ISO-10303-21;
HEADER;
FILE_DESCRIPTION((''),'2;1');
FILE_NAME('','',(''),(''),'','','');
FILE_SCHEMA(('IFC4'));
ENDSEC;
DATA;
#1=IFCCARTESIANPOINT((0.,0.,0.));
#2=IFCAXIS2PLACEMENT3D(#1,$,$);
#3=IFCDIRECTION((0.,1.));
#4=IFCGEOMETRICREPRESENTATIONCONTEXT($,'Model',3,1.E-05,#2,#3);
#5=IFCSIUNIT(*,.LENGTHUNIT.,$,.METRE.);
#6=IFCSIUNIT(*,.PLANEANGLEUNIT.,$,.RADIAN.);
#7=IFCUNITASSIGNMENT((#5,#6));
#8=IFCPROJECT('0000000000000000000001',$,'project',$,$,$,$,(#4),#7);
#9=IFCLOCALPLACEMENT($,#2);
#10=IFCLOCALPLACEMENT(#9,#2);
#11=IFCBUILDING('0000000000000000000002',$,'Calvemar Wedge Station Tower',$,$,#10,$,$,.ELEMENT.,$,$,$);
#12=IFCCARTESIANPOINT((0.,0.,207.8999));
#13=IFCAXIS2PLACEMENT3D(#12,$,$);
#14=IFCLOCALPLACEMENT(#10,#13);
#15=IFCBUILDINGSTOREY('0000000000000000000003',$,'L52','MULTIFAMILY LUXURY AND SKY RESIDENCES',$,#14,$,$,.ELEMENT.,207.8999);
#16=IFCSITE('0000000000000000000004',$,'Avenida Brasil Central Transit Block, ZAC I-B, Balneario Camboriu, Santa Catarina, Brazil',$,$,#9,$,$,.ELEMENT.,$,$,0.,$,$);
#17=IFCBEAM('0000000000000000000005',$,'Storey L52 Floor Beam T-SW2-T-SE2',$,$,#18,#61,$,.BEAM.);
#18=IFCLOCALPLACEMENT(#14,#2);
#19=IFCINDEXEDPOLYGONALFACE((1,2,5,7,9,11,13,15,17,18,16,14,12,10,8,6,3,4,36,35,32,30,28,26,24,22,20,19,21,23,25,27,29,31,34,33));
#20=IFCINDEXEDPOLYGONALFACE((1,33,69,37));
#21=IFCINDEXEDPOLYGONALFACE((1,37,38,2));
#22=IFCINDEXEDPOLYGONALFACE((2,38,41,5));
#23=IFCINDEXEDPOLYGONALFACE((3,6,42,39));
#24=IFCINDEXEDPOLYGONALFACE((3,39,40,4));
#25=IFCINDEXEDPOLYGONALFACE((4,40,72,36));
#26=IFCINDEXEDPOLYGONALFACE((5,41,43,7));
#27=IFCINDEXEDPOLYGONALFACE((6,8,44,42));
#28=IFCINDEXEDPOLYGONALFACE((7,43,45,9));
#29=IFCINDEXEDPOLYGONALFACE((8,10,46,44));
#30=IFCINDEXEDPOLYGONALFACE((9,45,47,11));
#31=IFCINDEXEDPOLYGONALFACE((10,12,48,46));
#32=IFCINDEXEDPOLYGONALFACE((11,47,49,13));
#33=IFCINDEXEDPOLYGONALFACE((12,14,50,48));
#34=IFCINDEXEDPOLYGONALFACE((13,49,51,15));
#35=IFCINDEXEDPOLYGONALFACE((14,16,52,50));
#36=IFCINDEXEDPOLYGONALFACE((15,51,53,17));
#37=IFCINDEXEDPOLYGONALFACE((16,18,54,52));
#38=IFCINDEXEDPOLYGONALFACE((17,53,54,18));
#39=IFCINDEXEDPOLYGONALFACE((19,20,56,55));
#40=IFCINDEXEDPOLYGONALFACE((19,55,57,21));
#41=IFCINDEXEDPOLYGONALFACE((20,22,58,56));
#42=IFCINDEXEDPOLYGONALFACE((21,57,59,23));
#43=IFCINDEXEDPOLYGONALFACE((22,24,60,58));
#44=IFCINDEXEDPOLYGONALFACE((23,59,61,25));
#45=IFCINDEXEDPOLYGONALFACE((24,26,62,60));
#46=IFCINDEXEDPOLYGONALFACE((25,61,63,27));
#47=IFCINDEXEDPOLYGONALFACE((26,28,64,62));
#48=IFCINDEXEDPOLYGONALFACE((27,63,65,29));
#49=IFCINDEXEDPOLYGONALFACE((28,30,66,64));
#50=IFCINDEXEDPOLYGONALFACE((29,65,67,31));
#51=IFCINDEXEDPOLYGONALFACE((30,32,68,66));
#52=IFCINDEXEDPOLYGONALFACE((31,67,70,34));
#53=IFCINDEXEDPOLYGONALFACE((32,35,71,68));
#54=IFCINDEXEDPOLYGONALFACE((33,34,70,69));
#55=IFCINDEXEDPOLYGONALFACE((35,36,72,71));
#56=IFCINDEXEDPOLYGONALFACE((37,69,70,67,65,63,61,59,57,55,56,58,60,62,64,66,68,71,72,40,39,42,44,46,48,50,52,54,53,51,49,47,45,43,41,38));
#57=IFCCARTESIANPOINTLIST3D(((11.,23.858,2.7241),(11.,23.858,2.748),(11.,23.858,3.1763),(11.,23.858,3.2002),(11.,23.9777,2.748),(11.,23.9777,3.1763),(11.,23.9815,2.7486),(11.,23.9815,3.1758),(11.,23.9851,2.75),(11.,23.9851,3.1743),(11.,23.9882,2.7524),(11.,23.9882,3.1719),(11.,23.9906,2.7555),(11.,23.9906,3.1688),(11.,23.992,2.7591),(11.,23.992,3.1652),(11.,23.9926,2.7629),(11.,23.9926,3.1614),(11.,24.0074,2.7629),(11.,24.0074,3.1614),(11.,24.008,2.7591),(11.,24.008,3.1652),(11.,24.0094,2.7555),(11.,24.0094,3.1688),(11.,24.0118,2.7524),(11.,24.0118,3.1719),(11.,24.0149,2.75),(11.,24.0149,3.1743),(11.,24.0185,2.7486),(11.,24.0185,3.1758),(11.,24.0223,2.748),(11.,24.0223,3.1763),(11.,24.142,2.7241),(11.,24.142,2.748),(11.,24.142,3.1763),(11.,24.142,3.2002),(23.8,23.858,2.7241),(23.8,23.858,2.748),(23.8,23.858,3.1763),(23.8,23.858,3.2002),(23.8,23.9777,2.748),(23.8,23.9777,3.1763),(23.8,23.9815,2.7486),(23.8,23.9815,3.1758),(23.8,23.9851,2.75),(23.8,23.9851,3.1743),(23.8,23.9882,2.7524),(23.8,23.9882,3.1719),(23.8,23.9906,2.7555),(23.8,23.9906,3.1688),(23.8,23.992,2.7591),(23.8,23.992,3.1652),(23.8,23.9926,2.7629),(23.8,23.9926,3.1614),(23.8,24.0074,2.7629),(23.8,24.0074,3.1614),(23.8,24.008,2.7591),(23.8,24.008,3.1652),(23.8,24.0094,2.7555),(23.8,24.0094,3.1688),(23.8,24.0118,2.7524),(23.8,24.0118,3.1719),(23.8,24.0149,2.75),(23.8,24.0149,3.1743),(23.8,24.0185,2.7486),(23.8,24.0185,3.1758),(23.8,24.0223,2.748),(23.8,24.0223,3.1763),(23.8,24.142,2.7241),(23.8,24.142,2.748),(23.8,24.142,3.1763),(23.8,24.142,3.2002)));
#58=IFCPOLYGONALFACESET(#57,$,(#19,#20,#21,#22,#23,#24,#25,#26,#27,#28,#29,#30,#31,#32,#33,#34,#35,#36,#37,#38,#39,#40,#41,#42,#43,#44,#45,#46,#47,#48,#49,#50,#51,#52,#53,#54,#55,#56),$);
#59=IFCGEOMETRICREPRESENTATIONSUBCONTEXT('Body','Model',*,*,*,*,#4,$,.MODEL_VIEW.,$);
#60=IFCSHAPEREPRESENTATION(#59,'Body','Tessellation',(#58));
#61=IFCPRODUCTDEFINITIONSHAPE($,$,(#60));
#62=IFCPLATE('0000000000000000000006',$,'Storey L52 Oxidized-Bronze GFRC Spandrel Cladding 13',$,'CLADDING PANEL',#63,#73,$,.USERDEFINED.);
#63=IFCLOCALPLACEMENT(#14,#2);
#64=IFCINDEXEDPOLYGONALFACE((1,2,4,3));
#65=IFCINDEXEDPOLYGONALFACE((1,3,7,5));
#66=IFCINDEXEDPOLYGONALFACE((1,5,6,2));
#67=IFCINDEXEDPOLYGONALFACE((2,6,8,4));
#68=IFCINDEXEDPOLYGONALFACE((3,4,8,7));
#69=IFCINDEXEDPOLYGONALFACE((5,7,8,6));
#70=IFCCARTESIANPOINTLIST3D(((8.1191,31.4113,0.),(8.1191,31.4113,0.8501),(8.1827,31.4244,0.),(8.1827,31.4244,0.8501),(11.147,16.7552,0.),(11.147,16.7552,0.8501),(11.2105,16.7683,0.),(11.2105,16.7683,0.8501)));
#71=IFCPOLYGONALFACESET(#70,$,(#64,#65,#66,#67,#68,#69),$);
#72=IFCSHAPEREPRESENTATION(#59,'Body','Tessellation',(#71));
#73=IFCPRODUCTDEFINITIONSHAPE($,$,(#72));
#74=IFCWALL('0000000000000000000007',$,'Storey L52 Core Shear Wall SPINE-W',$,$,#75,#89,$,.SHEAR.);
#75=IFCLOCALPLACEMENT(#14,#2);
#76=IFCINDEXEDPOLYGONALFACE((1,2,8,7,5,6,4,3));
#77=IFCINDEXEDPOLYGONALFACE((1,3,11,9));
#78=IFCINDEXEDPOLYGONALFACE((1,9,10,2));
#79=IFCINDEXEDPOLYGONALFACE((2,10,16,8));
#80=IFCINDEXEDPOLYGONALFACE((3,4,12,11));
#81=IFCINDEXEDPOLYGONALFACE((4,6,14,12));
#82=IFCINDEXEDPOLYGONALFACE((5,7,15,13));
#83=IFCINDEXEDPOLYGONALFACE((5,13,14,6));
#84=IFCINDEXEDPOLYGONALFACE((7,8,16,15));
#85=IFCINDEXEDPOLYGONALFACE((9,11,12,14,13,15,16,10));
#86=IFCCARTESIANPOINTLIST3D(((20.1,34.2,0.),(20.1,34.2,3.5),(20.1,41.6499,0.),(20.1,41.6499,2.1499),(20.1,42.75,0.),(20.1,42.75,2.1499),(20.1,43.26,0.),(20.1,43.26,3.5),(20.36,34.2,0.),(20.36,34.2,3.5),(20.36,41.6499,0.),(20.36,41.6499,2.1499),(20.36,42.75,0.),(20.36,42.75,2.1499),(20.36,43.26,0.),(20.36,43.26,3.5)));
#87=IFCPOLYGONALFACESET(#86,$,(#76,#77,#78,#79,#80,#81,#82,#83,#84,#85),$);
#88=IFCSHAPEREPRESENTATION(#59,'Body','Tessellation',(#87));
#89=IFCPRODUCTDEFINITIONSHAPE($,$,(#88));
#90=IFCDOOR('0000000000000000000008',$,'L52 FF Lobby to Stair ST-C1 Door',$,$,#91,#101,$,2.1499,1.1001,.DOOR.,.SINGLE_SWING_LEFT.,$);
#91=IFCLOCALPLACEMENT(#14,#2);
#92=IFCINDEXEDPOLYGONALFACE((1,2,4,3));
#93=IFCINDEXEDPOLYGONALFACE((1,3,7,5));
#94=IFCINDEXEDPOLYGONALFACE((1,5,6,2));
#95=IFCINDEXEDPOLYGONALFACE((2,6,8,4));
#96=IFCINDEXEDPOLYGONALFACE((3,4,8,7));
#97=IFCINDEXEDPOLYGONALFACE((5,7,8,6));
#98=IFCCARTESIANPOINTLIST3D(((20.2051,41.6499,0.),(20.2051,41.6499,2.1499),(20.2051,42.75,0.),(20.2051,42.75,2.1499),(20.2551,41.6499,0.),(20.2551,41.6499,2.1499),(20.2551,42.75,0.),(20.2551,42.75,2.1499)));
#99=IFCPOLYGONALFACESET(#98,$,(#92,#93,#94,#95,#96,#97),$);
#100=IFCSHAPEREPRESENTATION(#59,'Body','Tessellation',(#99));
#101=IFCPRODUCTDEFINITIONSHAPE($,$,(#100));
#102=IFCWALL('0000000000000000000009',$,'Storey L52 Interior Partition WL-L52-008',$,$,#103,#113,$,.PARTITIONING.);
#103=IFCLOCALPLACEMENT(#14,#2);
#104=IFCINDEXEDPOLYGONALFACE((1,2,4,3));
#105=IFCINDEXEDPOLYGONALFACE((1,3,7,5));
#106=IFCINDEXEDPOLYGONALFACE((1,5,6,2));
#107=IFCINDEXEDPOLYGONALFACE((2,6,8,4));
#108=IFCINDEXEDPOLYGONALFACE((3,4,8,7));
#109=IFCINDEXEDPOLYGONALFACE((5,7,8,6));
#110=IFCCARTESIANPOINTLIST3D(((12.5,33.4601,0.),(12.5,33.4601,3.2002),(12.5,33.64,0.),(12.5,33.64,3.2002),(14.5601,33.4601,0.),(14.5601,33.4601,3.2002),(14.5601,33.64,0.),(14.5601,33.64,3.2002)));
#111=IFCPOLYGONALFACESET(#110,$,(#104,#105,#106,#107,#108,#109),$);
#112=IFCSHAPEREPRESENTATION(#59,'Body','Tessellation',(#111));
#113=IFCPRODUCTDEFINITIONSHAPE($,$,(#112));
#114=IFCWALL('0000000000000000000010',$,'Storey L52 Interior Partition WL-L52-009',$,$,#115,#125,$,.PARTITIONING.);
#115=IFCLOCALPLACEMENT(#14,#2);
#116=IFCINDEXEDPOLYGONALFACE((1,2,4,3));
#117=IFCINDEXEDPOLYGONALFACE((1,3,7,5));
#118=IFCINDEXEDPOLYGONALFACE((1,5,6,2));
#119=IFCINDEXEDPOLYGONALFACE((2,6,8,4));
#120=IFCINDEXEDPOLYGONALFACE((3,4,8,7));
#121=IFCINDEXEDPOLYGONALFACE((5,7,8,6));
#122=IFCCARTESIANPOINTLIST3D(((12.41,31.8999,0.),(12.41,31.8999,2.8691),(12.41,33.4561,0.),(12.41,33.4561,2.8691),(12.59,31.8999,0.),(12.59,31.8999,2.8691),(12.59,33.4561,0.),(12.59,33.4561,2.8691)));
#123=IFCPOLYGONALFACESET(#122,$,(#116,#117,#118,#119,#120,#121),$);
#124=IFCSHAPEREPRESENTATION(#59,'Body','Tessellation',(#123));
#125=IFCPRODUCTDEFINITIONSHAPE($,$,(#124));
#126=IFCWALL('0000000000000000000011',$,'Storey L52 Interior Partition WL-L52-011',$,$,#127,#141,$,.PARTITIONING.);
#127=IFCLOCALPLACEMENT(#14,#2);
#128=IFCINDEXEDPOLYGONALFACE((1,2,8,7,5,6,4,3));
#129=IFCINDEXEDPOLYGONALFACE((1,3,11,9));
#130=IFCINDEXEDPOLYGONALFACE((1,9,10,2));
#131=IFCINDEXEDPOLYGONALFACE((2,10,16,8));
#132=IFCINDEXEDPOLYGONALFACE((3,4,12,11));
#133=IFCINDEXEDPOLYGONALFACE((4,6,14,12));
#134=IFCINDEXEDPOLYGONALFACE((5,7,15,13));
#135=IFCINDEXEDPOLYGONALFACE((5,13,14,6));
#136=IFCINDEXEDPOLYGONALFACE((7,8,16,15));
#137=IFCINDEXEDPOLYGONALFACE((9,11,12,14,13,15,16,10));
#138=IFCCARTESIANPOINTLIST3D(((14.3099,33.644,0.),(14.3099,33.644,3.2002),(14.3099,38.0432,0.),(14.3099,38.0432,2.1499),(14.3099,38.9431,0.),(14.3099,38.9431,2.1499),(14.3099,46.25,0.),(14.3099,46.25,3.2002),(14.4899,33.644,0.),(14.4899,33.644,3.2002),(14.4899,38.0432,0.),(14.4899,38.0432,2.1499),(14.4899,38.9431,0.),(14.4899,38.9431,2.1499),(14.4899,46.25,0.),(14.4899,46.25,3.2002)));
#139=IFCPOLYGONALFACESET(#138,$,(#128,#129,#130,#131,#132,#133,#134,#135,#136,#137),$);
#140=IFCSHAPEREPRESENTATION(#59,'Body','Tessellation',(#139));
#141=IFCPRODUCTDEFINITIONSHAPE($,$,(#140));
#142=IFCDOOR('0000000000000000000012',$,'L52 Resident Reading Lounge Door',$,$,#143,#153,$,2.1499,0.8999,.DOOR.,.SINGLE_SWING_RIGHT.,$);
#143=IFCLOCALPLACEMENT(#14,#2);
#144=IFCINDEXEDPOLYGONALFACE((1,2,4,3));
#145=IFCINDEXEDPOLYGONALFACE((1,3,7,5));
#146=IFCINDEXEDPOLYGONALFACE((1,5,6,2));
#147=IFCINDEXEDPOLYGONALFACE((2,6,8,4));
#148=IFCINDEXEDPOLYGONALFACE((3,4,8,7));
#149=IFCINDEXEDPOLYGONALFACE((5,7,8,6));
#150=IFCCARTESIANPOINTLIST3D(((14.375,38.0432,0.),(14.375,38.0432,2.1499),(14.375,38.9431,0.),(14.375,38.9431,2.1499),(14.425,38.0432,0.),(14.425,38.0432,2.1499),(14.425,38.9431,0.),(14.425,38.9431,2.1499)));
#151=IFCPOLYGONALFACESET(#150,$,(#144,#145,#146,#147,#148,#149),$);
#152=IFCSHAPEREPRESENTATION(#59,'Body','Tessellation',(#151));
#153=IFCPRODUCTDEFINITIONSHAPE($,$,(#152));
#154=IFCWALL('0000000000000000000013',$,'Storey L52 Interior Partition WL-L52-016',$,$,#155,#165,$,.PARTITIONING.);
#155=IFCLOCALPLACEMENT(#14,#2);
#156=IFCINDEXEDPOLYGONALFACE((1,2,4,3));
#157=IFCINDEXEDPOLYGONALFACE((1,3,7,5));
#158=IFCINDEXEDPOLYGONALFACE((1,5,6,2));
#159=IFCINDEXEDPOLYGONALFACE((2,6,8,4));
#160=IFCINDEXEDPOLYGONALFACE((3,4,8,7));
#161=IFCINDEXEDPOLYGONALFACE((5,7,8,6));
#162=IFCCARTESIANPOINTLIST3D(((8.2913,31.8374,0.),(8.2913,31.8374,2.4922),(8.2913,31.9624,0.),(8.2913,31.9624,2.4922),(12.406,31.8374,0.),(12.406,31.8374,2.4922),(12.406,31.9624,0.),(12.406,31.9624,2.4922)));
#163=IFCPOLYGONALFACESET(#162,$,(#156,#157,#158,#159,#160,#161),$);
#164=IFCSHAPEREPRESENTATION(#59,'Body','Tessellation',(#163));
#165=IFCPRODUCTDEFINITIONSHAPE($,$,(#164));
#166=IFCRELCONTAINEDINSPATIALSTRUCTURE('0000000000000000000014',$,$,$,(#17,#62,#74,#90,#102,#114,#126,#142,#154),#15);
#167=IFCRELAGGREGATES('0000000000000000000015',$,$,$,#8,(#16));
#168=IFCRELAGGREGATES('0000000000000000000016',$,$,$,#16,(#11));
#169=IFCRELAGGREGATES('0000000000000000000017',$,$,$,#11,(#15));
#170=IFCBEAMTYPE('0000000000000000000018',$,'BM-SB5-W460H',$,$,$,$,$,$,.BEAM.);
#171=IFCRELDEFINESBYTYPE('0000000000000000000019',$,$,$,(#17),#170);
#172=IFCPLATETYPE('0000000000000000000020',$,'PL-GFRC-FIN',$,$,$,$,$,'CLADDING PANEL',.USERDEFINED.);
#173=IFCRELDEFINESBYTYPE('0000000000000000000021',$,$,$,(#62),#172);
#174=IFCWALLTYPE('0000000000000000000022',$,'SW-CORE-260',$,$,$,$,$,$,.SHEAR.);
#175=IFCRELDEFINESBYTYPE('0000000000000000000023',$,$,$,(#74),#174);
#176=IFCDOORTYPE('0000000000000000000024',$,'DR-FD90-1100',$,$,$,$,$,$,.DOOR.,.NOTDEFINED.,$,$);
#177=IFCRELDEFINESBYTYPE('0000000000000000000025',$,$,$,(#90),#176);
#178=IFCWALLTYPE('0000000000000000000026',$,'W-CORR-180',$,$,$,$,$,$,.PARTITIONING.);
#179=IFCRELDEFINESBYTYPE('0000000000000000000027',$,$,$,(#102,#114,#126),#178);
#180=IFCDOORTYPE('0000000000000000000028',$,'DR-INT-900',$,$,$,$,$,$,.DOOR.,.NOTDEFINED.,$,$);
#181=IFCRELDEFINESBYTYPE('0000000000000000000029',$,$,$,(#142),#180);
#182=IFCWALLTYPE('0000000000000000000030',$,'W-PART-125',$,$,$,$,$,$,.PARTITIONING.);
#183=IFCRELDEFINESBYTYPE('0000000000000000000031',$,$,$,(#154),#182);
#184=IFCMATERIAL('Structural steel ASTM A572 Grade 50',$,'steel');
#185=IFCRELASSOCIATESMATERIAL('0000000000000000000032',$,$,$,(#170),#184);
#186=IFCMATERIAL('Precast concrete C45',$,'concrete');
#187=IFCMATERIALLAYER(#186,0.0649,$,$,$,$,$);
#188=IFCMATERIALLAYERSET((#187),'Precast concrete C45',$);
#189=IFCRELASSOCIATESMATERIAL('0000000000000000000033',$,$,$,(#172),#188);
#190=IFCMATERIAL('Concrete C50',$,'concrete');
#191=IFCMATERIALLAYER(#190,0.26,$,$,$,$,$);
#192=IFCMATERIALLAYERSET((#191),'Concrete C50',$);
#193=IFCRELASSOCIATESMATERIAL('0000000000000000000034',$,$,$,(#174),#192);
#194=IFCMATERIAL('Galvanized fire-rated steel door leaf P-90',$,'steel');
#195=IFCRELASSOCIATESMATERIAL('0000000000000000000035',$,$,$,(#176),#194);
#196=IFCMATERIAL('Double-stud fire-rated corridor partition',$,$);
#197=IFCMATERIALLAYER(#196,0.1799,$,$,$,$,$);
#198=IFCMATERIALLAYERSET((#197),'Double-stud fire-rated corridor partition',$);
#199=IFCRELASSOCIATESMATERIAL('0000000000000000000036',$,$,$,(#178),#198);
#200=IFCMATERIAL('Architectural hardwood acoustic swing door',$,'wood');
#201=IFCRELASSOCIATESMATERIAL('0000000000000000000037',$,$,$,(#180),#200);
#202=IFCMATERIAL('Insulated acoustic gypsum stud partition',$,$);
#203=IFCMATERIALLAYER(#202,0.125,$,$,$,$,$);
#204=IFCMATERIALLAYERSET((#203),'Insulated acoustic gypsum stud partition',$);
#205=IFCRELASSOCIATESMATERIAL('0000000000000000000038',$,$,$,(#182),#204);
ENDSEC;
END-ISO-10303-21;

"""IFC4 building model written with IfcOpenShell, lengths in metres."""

from ifc_helpers import new_model, si_unit, direction, frame, frame_2d, origin, origin_2d, place, context, subcontext, project, spatial, rectangle, i_section, extrude, source, transform, mapped, material, layer, layer_set, material_profile, profile_set, type_object, element, fill, save


model = new_model("IFC4")

# Units and contexts
model_context = context("Model", 3, precision=1e-05, world=origin(), true_north=direction((0.0, 1.0)))
body_context = subcontext(model_context, "Body", "Model", "MODEL_VIEW")
ifc_project = project(units=[si_unit("LENGTHUNIT", "METRE"), si_unit("PLANEANGLEUNIT", "RADIAN")], contexts=[model_context])

# Site, building, storey
site_placement = place(None, origin())
site = spatial("IfcSite", under=ifc_project, at=site_placement, Name="Avenida Brasil Central Transit Block, ZAC I-B, Balneario Camboriu, Santa Catarina, Brazil", CompositionType="ELEMENT", RefElevation=0.0)
building_placement = place(site_placement, origin())
building = spatial("IfcBuilding", under=site, at=building_placement, Name="Calvemar Wedge Station Tower", CompositionType="ELEMENT")
storey_placement = place(building_placement, frame((0.0, 0.0, 207.8999)))
storey = spatial("IfcBuildingStorey", under=building, at=storey_placement, Name="L52", Description="MULTIFAMILY LUXURY AND SKY RESIDENCES", CompositionType="ELEMENT", Elevation=207.8999)

# Shared definitions
ifc_material_1 = material(Name="Concrete C50", Category="concrete")

# Beam
ifc_material_2 = material(Name="Structural steel ASTM A572 Grade 50", Category="steel")
ifc_material_profile_1 = material_profile(ifc_material_2, i_section(OverallWidth=0.2839, OverallDepth=0.4761, WebThickness=0.0149, FlangeThickness=0.0239, FilletRadius=0.0149, at=origin_2d()), Name="W460x158")
ifc_profile_set_1 = profile_set([ifc_material_profile_1], Name="Structural steel ASTM A572 Grade 50")
beam_type_1 = type_object("IfcBeamType", Name="BM-SB5-W460H", PredefinedType="BEAM", material=ifc_profile_set_1)
shared_shape_1 = source(origin(), body_context, "Body", "SweptSolid", [
    extrude(i_section(OverallWidth=0.2839, OverallDepth=0.4761, WebThickness=0.0149, FlangeThickness=0.0239, FilletRadius=0.0149, at=origin_2d()), origin(), (0.0, 0.0, 1.0), 12.8),
])
for number, where, z_axis, x_axis, name in (
    (1, (11.0, 24.0, 2.9622), (1.0, 0.0, 0.0), (0.0, 1.0, 0.0), "Storey L52 Floor Beam T-SW2-T-SE2"),
):
    element("IfcBeam", number, at=place(storey_placement, frame(where, z_axis=z_axis, x_axis=x_axis)), inside=storey, type_object=beam_type_1, Name=name, PredefinedType="BEAM", context=body_context, shape_type="MappedRepresentation", body=[
        mapped(shared_shape_1, transform((0.0, 0.0, 0.0), scale=1.0)),
    ])

# Plate
ifc_material_3 = material(Name="Precast concrete C45", Category="concrete")
ifc_layer_1 = layer(ifc_material_3, 0.0649)
ifc_layer_set_1 = layer_set([ifc_layer_1], Name="Precast concrete C45")
plate_type = type_object("IfcPlateType", Name="PL-GFRC-FIN", ElementType="CLADDING PANEL", PredefinedType="USERDEFINED", material=ifc_layer_set_1)
plate_placement = place(storey_placement, frame((8.1509, 31.418, 0.0), z_axis=(0.0, 0.0, 1.0), x_axis=(0.202321, -0.979319, 0.0)))
element("IfcPlate", 2, at=plate_placement, inside=storey, type_object=plate_type, Name="Storey L52 Oxidized-Bronze GFRC Spandrel Cladding 13", ObjectType="CLADDING PANEL", PredefinedType="USERDEFINED", context=body_context, shape_type="SweptSolid", body=[
    extrude(rectangle(XDim=14.9656, YDim=0.0649, at=frame_2d((7.4829, 0.0))), origin(), (0.0, 0.0, 1.0), 0.8501),
])

# Wall, opening, door
ifc_layer_2 = layer(ifc_material_1, 0.26)
ifc_layer_set_2 = layer_set([ifc_layer_2], Name="Concrete C50")
wall_type_1 = type_object("IfcWallType", Name="SW-CORE-260", PredefinedType="SHEAR", material=ifc_layer_set_2)
wall_1_placement = place(storey_placement, frame((20.23, 34.2, 0.0), z_axis=(0.0, 0.0, 1.0), x_axis=(0.0, 1.0, 0.0)))
wall_1 = element("IfcWall", 3, at=wall_1_placement, inside=storey, type_object=wall_type_1, Name="Storey L52 Core Shear Wall SPINE-W", PredefinedType="SHEAR", context=body_context, shape_type="SweptSolid", body=[
    extrude(rectangle(XDim=9.0601, YDim=0.26, at=frame_2d((4.53, 0.0))), origin(), (0.0, 0.0, 1.0), 3.5),
])
shared_shape_2 = source(origin(), body_context, "Body", "SweptSolid", [
    extrude(rectangle(XDim=1.1001, YDim=2.1499, at=frame_2d((0.55, 1.075))), frame((0.0, 0.1401, 0.0), z_axis=(0.0, -1.0, 0.0), x_axis=(1.0, 0.0, 0.0)), (0.0, 0.0, 1.0), 0.28),
])
opening_1_placement = place(wall_1_placement, frame((7.45, 0.0, 0.0)))
opening_1 = element("IfcOpeningElement", 4, at=opening_1_placement, cuts=wall_1, PredefinedType="OPENING", context=body_context, shape_type="MappedRepresentation", body=[
    mapped(shared_shape_2, transform((0.0, 0.0, 0.0), scale=1.0)),
])
ifc_material_4 = material(Name="Galvanized fire-rated steel door leaf P-90", Category="steel")
door_type_1 = type_object("IfcDoorType", Name="DR-FD90-1100", OperationType="NOTDEFINED", PredefinedType="DOOR", material=ifc_material_4)
shared_shape_3 = source(origin(), body_context, "Body", "SweptSolid", [
    extrude(rectangle(XDim=1.1001, YDim=2.1499, at=frame_2d((0.55, 1.075))), frame((0.0, 0.0249, 0.0), z_axis=(0.0, -1.0, 0.0), x_axis=(1.0, 0.0, 0.0)), (0.0, 0.0, 1.0), 0.05),
])
door_1_placement = place(opening_1_placement, origin())
door_1 = element("IfcDoor", 5, at=door_1_placement, inside=storey, type_object=door_type_1, Name="L52 FF Lobby to Stair ST-C1 Door", OperationType="SINGLE_SWING_LEFT", OverallHeight=2.1499, OverallWidth=1.1001, PredefinedType="DOOR", context=body_context, shape_type="MappedRepresentation", body=[
    mapped(shared_shape_3, transform((0.0, 0.0, 0.0), scale=1.0)),
])
fill(opening_1, door_1)

# Walls
ifc_material_5 = material(Name="Double-stud fire-rated corridor partition")
ifc_layer_3 = layer(ifc_material_5, 0.1799)
ifc_layer_set_3 = layer_set([ifc_layer_3], Name="Double-stud fire-rated corridor partition")
wall_type_2 = type_object("IfcWallType", Name="W-CORR-180", PredefinedType="PARTITIONING", material=ifc_layer_set_3)
wall_2_placement = place(storey_placement, frame((12.5, 33.55, 0.0), z_axis=(0.0, 0.0, 1.0), x_axis=(1.0, 0.0, 0.0)))
element("IfcWall", 6, at=wall_2_placement, inside=storey, type_object=wall_type_2, Name="Storey L52 Interior Partition WL-L52-008", PredefinedType="PARTITIONING", context=body_context, shape_type="SweptSolid", body=[
    extrude(rectangle(XDim=2.0601, YDim=0.1799, at=frame_2d((1.03, 0.0))), origin(), (0.0, 0.0, 1.0), 3.2002),
])
wall_3_placement = place(storey_placement, frame((12.5, 31.8999, 0.0), z_axis=(0.0, 0.0, 1.0), x_axis=(0.0, 1.0, 0.0)))
element("IfcWall", 7, at=wall_3_placement, inside=storey, type_object=wall_type_2, Name="Storey L52 Interior Partition WL-L52-009", PredefinedType="PARTITIONING", context=body_context, shape_type="SweptSolid", body=[
    extrude(rectangle(XDim=1.5562, YDim=0.1799, at=frame_2d((0.7781, 0.0))), origin(), (0.0, 0.0, 1.0), 2.8691),
])

# Wall, opening, door
wall_4_placement = place(storey_placement, frame((14.3999, 33.644, 0.0), z_axis=(0.0, 0.0, 1.0), x_axis=(0.0, 1.0, 0.0)))
wall_4 = element("IfcWall", 8, at=wall_4_placement, inside=storey, type_object=wall_type_2, Name="Storey L52 Interior Partition WL-L52-011", PredefinedType="PARTITIONING", context=body_context, shape_type="SweptSolid", body=[
    extrude(rectangle(XDim=12.606, YDim=0.1799, at=frame_2d((6.303, 0.0))), origin(), (0.0, 0.0, 1.0), 3.2002),
])
shared_shape_4 = source(origin(), body_context, "Body", "SweptSolid", [
    extrude(rectangle(XDim=0.8999, YDim=2.1499, at=frame_2d((0.45, 1.075))), frame((0.0, 0.1001, 0.0), z_axis=(0.0, -1.0, 0.0), x_axis=(1.0, 0.0, 0.0)), (0.0, 0.0, 1.0), 0.2),
])
opening_2_placement = place(wall_4_placement, frame((4.3992, 0.0, 0.0)))
opening_2 = element("IfcOpeningElement", 9, at=opening_2_placement, cuts=wall_4, PredefinedType="OPENING", context=body_context, shape_type="MappedRepresentation", body=[
    mapped(shared_shape_4, transform((0.0, 0.0, 0.0), scale=1.0)),
])
ifc_material_6 = material(Name="Architectural hardwood acoustic swing door", Category="wood")
door_type_2 = type_object("IfcDoorType", Name="DR-INT-900", OperationType="NOTDEFINED", PredefinedType="DOOR", material=ifc_material_6)
shared_shape_5 = source(origin(), body_context, "Body", "SweptSolid", [
    extrude(rectangle(XDim=0.8999, YDim=2.1499, at=frame_2d((0.45, 1.075))), frame((0.0, 0.0249, 0.0), z_axis=(0.0, -1.0, 0.0), x_axis=(1.0, 0.0, 0.0)), (0.0, 0.0, 1.0), 0.05),
])
door_2_placement = place(opening_2_placement, origin())
door_2 = element("IfcDoor", 10, at=door_2_placement, inside=storey, type_object=door_type_2, Name="L52 Resident Reading Lounge Door", OperationType="SINGLE_SWING_RIGHT", OverallHeight=2.1499, OverallWidth=0.8999, PredefinedType="DOOR", context=body_context, shape_type="MappedRepresentation", body=[
    mapped(shared_shape_5, transform((0.0, 0.0, 0.0), scale=1.0)),
])
fill(opening_2, door_2)

# Wall
ifc_material_7 = material(Name="Insulated acoustic gypsum stud partition")
ifc_layer_4 = layer(ifc_material_7, 0.125)
ifc_layer_set_4 = layer_set([ifc_layer_4], Name="Insulated acoustic gypsum stud partition")
wall_type_3 = type_object("IfcWallType", Name="W-PART-125", PredefinedType="PARTITIONING", material=ifc_layer_set_4)
wall_5_placement = place(storey_placement, frame((12.406, 31.8999, 0.0), z_axis=(0.0, 0.0, 1.0), x_axis=(-1.0, 0.0, 0.0)))
element("IfcWall", 11, at=wall_5_placement, inside=storey, type_object=wall_type_3, Name="Storey L52 Interior Partition WL-L52-016", PredefinedType="PARTITIONING", context=body_context, shape_type="SweptSolid", body=[
    extrude(rectangle(XDim=4.1147, YDim=0.125, at=frame_2d((2.0574, 0.0))), origin(), (0.0, 0.0, 1.0), 2.4922),
])

save(model, "model.ifc")
